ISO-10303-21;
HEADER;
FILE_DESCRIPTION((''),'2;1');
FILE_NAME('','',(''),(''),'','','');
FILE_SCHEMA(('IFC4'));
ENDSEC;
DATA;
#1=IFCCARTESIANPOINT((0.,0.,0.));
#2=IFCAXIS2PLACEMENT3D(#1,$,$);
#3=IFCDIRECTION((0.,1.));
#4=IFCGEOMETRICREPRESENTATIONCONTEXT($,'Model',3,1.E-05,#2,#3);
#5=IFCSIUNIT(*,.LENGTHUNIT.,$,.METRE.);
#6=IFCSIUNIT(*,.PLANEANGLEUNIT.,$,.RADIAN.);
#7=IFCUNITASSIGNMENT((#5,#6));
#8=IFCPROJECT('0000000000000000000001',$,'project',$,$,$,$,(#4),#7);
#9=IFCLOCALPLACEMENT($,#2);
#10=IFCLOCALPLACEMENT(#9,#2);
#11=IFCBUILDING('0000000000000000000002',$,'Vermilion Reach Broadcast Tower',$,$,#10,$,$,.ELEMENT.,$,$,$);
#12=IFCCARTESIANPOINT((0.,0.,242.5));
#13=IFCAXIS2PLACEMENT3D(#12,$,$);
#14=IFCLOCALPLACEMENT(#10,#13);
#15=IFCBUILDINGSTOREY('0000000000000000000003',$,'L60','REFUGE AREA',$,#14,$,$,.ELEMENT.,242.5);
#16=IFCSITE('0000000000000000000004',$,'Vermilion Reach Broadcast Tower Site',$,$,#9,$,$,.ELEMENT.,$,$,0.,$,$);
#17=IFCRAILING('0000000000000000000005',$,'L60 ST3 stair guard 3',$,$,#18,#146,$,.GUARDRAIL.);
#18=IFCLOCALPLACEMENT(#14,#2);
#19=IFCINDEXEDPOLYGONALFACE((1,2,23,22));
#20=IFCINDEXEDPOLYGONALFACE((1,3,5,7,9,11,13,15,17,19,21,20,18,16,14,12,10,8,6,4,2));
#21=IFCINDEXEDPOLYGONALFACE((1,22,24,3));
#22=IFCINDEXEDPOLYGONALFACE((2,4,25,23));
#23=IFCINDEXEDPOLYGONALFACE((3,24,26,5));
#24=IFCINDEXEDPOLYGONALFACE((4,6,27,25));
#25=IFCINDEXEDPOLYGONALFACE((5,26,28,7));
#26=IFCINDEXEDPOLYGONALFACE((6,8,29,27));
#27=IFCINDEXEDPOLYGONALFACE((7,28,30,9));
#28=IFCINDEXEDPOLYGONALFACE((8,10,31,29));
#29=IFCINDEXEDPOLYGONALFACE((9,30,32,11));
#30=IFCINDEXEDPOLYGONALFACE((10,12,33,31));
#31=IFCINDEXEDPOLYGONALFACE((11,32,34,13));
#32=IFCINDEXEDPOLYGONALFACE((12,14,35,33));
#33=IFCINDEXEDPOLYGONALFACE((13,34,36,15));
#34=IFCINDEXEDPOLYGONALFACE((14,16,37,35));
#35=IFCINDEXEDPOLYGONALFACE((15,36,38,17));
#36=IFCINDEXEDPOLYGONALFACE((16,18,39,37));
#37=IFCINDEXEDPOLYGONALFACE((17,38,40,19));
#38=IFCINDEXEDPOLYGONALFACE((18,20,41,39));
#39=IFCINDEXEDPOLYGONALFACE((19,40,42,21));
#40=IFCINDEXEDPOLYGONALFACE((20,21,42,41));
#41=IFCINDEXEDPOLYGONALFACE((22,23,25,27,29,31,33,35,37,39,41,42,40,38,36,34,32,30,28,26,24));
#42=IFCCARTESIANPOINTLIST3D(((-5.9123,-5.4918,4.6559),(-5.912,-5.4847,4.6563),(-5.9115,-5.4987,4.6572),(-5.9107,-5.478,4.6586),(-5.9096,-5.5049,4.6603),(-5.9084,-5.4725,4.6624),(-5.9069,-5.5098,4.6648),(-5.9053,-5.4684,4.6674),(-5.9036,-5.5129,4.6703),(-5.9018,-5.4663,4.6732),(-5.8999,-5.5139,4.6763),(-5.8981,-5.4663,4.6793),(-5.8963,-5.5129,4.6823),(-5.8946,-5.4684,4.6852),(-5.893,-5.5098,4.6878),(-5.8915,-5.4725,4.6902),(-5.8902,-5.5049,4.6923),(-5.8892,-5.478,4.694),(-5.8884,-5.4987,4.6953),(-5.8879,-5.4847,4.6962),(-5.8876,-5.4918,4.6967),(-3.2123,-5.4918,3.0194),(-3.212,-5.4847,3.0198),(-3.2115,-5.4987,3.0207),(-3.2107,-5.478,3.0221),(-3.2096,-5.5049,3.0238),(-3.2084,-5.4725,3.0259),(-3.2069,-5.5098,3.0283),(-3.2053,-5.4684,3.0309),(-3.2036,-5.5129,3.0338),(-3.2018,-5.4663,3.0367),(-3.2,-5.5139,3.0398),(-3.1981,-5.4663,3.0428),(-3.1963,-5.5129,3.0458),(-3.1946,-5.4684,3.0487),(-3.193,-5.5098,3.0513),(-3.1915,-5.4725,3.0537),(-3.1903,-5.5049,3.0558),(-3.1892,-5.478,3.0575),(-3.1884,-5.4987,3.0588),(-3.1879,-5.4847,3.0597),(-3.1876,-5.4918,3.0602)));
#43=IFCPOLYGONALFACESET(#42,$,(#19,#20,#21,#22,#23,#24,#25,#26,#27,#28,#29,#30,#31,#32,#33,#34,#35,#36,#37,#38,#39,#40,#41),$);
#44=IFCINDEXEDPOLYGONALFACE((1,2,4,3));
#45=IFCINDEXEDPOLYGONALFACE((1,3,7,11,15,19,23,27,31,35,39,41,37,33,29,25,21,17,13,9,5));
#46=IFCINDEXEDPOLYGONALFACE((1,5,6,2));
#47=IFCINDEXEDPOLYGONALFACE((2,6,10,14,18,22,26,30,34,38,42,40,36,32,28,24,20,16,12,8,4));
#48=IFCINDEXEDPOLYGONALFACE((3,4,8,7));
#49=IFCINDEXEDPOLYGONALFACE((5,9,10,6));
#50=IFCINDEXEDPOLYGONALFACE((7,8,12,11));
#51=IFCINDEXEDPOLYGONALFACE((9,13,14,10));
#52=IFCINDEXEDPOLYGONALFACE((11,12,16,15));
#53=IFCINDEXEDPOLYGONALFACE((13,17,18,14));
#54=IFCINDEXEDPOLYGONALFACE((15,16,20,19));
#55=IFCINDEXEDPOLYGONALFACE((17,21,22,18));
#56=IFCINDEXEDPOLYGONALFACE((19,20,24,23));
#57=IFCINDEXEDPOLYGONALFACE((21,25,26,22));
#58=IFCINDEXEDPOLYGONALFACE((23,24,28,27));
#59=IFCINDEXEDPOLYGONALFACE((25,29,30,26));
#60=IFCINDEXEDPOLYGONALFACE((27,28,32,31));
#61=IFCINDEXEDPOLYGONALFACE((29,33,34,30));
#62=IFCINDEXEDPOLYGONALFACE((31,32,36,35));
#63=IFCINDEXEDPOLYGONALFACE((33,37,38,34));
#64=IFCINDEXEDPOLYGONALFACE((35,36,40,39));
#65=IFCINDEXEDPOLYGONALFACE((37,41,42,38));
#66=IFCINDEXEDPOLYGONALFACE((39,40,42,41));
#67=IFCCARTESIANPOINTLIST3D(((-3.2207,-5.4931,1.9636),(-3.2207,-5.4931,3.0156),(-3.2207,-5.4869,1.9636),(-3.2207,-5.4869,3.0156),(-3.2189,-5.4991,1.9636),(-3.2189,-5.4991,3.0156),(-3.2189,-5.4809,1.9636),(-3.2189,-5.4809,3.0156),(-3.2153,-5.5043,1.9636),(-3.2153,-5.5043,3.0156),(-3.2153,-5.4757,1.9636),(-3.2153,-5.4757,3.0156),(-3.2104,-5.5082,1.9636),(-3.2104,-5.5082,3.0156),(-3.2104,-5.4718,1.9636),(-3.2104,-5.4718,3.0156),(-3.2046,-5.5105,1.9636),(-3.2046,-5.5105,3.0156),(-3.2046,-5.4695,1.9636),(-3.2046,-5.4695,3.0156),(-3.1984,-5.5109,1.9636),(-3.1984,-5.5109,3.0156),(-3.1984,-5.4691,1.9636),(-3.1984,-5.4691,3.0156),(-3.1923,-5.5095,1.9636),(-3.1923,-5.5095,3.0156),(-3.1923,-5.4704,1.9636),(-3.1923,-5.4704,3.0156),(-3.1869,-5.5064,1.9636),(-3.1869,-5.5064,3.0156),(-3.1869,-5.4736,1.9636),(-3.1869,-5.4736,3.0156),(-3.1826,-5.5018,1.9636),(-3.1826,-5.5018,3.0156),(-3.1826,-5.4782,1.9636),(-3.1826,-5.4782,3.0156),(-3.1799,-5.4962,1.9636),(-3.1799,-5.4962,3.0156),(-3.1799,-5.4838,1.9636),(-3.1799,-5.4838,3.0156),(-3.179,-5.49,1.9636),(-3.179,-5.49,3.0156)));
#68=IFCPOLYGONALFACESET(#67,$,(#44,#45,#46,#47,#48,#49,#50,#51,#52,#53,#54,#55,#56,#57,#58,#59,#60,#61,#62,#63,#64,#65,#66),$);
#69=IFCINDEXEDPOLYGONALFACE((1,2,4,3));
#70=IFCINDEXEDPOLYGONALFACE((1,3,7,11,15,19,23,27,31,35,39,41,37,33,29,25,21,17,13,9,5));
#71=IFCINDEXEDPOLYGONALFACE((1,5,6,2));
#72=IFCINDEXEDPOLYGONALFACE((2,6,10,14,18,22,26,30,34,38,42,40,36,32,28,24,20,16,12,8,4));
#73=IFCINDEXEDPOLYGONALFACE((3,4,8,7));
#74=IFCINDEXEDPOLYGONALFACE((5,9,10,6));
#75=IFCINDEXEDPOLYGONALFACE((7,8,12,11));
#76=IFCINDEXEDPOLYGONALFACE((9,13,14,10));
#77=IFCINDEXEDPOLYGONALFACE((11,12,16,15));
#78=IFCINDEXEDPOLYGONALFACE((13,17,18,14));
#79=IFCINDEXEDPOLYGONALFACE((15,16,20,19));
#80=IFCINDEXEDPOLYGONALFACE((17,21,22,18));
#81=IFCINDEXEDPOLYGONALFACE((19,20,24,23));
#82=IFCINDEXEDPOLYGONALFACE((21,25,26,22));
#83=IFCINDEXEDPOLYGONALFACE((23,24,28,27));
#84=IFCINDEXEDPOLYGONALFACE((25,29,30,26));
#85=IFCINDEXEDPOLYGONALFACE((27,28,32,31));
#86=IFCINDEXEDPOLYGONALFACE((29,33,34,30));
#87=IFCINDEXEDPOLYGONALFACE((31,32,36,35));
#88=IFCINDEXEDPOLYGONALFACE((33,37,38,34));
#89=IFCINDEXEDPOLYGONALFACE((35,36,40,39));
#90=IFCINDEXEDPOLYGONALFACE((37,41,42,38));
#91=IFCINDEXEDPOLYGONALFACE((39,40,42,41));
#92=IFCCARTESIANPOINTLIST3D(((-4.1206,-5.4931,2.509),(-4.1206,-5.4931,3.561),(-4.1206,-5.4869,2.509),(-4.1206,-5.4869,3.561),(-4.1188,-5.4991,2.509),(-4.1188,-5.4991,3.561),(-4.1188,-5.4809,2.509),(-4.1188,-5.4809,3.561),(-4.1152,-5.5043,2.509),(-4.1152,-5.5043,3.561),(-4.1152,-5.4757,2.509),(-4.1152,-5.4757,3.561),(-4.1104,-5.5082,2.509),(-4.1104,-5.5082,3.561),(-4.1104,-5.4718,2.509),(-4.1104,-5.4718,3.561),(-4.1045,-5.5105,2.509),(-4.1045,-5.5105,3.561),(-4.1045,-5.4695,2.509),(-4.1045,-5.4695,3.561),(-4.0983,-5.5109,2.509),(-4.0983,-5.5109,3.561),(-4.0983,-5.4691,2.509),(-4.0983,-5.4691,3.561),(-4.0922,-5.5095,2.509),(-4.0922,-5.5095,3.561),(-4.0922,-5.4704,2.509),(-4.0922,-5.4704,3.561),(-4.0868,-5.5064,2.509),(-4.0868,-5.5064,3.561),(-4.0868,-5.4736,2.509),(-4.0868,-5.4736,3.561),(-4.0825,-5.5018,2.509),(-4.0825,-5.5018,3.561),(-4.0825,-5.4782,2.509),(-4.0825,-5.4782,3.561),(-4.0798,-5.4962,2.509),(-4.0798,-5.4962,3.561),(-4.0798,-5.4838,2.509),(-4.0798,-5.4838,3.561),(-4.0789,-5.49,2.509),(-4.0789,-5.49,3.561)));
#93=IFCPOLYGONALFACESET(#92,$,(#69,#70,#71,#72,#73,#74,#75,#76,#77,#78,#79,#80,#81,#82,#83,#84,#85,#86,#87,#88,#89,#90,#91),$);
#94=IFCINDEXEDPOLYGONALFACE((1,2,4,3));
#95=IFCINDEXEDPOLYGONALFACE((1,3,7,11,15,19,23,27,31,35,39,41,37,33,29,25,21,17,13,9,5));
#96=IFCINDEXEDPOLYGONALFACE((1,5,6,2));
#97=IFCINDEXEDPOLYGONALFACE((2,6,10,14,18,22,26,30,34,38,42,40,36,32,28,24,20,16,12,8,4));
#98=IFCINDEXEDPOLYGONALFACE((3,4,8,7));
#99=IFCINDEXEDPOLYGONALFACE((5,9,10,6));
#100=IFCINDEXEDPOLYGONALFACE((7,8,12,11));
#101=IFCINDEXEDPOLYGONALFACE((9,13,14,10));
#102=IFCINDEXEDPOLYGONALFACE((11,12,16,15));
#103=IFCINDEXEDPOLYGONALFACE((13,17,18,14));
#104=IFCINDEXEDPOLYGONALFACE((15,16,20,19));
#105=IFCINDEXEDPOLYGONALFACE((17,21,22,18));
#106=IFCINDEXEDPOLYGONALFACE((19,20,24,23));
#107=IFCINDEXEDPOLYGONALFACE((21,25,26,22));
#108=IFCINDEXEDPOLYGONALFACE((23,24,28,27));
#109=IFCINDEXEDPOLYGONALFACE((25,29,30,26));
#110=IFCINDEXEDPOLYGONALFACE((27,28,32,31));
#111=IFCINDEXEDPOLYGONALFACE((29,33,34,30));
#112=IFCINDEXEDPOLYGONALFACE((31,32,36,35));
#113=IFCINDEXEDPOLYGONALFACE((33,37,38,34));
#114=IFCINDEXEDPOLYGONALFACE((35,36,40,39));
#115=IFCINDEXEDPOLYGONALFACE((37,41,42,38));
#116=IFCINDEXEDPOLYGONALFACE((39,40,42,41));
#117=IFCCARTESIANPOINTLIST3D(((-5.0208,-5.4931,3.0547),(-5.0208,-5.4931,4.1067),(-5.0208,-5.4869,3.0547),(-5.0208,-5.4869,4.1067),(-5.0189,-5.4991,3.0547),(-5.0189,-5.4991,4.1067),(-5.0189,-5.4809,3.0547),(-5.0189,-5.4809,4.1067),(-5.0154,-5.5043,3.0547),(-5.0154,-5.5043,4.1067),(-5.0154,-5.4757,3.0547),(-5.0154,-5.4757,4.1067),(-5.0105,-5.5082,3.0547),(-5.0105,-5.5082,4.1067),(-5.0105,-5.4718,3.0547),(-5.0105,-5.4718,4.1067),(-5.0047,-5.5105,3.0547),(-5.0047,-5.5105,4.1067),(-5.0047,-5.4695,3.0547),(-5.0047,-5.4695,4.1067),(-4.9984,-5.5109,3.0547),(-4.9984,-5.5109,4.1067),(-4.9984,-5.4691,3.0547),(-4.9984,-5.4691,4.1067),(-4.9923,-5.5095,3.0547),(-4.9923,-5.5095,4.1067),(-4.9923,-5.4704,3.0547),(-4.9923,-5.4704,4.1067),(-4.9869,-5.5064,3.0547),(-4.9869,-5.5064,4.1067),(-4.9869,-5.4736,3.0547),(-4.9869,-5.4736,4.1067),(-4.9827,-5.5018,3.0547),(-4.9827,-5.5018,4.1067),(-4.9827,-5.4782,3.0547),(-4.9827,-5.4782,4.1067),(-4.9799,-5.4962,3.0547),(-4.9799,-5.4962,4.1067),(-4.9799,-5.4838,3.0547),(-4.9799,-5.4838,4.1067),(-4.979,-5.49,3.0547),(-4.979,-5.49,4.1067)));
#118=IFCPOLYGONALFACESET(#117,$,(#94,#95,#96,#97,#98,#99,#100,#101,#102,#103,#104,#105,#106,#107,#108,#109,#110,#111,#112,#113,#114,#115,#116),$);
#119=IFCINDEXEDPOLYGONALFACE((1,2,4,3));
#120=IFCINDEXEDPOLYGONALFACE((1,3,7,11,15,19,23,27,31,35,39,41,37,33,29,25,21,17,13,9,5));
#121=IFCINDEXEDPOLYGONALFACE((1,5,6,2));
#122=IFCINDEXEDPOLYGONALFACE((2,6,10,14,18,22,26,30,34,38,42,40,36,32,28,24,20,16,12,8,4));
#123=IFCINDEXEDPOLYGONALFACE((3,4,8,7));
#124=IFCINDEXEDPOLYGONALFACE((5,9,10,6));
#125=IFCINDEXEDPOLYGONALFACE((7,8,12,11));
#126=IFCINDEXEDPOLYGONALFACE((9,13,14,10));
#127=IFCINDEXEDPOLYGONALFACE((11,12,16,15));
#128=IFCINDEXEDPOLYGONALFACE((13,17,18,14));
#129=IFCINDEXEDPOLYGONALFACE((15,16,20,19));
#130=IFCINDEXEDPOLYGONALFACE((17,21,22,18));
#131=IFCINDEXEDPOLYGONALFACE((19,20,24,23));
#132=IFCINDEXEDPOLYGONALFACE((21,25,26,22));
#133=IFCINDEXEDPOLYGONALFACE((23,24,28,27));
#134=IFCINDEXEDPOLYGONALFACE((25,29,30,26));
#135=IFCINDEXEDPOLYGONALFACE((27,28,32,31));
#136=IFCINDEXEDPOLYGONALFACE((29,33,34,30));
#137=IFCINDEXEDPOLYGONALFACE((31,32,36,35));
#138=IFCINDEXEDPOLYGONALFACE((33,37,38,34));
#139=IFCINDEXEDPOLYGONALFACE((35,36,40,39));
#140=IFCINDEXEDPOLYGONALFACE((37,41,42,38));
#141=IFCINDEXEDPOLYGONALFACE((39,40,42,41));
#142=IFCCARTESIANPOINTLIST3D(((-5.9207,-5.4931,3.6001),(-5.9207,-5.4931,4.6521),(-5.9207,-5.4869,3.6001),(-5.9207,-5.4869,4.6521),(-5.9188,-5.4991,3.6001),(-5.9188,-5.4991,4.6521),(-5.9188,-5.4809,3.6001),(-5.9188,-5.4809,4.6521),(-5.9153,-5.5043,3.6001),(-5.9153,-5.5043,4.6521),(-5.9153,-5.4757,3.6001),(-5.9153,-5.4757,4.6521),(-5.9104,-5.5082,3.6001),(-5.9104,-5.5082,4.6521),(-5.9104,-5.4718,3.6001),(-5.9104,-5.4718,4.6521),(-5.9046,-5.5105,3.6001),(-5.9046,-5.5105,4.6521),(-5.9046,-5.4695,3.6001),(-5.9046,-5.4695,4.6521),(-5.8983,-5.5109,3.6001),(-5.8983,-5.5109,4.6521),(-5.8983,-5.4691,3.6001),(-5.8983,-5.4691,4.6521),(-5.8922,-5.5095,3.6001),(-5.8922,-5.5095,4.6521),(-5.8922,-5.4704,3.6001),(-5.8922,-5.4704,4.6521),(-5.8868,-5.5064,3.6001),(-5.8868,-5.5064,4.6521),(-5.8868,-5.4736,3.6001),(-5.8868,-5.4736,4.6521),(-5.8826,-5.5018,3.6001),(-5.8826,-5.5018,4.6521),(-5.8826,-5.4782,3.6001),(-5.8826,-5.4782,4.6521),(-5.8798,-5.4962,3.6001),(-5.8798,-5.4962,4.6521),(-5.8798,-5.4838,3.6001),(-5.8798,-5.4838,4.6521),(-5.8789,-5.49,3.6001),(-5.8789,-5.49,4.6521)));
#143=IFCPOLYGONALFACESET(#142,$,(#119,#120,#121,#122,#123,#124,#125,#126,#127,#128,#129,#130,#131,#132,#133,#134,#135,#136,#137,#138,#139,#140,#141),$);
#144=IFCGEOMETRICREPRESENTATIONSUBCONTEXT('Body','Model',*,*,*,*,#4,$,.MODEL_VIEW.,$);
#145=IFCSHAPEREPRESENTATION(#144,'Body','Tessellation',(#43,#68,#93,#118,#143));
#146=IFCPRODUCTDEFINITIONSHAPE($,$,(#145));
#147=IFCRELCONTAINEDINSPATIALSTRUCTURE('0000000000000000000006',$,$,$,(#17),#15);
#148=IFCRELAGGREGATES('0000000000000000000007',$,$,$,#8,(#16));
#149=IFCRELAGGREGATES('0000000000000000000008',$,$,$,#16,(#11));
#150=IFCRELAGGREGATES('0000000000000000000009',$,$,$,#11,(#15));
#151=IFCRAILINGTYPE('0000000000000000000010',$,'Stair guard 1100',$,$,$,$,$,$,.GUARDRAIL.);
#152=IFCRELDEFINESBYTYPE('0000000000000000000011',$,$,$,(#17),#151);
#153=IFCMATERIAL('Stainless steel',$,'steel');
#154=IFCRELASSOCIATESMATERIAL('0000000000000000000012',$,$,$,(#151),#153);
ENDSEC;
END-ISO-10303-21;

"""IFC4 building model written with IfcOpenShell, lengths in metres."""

from ifc_helpers import new_model, si_unit, direction, frame, origin, origin_2d, place, context, subcontext, project, spatial, circle, extrude, material, type_object, element, save


model = new_model("IFC4")

# Units and contexts
model_context = context("Model", 3, precision=1e-05, world=origin(), true_north=direction((0.0, 1.0)))
body_context = subcontext(model_context, "Body", "Model", "MODEL_VIEW")
ifc_project = project(units=[si_unit("LENGTHUNIT", "METRE"), si_unit("PLANEANGLEUNIT", "RADIAN")], contexts=[model_context])

# Site, building, storey
site_placement = place(None, origin())
site = spatial("IfcSite", under=ifc_project, at=site_placement, Name="Vermilion Reach Broadcast Tower Site", CompositionType="ELEMENT", RefElevation=0.0)
building_placement = place(site_placement, origin())
building = spatial("IfcBuilding", under=site, at=building_placement, Name="Vermilion Reach Broadcast Tower", CompositionType="ELEMENT")
storey_placement = place(building_placement, frame((0.0, 0.0, 242.5)))
storey = spatial("IfcBuildingStorey", under=building, at=storey_placement, Name="L60", Description="REFUGE AREA", CompositionType="ELEMENT", Elevation=242.5)

# Railing
ifc_material_1 = material(Name="Stainless steel", Category="steel")
railing_type_1 = type_object("IfcRailingType", Name="Stair guard 1100", PredefinedType="GUARDRAIL", material=ifc_material_1)
railing_1_placement = place(storey_placement, frame((-3.2, -5.49, 1.9636)))
element("IfcRailing", 1, at=railing_1_placement, inside=storey, type_object=railing_type_1, Name="L60 ST3 stair guard 3", PredefinedType="GUARDRAIL", context=body_context, shape_type="SweptSolid", body=[
    extrude(circle(Radius=0.0239, at=origin_2d()), frame((0.0, 0.0, 1.0762), z_axis=(-0.855178, 0.0, 0.518334), x_axis=(0.0, -1.0, 0.0)), (0.0, 0.0, 1.0), 3.1572),
    extrude(circle(Radius=0.021, at=origin_2d()), origin(), (0.0, 0.0, 1.0), 1.052),
    extrude(circle(Radius=0.021, at=origin_2d()), frame((-0.8999, 0.0, 0.5454)), (0.0, 0.0, 1.0), 1.052),
    extrude(circle(Radius=0.021, at=origin_2d()), frame((-1.8, 0.0, 1.0911)), (0.0, 0.0, 1.0), 1.052),
    extrude(circle(Radius=0.021, at=origin_2d()), frame((-2.7, 0.0, 1.6365)), (0.0, 0.0, 1.0), 1.052),
])

save(model, "model.ifc")
